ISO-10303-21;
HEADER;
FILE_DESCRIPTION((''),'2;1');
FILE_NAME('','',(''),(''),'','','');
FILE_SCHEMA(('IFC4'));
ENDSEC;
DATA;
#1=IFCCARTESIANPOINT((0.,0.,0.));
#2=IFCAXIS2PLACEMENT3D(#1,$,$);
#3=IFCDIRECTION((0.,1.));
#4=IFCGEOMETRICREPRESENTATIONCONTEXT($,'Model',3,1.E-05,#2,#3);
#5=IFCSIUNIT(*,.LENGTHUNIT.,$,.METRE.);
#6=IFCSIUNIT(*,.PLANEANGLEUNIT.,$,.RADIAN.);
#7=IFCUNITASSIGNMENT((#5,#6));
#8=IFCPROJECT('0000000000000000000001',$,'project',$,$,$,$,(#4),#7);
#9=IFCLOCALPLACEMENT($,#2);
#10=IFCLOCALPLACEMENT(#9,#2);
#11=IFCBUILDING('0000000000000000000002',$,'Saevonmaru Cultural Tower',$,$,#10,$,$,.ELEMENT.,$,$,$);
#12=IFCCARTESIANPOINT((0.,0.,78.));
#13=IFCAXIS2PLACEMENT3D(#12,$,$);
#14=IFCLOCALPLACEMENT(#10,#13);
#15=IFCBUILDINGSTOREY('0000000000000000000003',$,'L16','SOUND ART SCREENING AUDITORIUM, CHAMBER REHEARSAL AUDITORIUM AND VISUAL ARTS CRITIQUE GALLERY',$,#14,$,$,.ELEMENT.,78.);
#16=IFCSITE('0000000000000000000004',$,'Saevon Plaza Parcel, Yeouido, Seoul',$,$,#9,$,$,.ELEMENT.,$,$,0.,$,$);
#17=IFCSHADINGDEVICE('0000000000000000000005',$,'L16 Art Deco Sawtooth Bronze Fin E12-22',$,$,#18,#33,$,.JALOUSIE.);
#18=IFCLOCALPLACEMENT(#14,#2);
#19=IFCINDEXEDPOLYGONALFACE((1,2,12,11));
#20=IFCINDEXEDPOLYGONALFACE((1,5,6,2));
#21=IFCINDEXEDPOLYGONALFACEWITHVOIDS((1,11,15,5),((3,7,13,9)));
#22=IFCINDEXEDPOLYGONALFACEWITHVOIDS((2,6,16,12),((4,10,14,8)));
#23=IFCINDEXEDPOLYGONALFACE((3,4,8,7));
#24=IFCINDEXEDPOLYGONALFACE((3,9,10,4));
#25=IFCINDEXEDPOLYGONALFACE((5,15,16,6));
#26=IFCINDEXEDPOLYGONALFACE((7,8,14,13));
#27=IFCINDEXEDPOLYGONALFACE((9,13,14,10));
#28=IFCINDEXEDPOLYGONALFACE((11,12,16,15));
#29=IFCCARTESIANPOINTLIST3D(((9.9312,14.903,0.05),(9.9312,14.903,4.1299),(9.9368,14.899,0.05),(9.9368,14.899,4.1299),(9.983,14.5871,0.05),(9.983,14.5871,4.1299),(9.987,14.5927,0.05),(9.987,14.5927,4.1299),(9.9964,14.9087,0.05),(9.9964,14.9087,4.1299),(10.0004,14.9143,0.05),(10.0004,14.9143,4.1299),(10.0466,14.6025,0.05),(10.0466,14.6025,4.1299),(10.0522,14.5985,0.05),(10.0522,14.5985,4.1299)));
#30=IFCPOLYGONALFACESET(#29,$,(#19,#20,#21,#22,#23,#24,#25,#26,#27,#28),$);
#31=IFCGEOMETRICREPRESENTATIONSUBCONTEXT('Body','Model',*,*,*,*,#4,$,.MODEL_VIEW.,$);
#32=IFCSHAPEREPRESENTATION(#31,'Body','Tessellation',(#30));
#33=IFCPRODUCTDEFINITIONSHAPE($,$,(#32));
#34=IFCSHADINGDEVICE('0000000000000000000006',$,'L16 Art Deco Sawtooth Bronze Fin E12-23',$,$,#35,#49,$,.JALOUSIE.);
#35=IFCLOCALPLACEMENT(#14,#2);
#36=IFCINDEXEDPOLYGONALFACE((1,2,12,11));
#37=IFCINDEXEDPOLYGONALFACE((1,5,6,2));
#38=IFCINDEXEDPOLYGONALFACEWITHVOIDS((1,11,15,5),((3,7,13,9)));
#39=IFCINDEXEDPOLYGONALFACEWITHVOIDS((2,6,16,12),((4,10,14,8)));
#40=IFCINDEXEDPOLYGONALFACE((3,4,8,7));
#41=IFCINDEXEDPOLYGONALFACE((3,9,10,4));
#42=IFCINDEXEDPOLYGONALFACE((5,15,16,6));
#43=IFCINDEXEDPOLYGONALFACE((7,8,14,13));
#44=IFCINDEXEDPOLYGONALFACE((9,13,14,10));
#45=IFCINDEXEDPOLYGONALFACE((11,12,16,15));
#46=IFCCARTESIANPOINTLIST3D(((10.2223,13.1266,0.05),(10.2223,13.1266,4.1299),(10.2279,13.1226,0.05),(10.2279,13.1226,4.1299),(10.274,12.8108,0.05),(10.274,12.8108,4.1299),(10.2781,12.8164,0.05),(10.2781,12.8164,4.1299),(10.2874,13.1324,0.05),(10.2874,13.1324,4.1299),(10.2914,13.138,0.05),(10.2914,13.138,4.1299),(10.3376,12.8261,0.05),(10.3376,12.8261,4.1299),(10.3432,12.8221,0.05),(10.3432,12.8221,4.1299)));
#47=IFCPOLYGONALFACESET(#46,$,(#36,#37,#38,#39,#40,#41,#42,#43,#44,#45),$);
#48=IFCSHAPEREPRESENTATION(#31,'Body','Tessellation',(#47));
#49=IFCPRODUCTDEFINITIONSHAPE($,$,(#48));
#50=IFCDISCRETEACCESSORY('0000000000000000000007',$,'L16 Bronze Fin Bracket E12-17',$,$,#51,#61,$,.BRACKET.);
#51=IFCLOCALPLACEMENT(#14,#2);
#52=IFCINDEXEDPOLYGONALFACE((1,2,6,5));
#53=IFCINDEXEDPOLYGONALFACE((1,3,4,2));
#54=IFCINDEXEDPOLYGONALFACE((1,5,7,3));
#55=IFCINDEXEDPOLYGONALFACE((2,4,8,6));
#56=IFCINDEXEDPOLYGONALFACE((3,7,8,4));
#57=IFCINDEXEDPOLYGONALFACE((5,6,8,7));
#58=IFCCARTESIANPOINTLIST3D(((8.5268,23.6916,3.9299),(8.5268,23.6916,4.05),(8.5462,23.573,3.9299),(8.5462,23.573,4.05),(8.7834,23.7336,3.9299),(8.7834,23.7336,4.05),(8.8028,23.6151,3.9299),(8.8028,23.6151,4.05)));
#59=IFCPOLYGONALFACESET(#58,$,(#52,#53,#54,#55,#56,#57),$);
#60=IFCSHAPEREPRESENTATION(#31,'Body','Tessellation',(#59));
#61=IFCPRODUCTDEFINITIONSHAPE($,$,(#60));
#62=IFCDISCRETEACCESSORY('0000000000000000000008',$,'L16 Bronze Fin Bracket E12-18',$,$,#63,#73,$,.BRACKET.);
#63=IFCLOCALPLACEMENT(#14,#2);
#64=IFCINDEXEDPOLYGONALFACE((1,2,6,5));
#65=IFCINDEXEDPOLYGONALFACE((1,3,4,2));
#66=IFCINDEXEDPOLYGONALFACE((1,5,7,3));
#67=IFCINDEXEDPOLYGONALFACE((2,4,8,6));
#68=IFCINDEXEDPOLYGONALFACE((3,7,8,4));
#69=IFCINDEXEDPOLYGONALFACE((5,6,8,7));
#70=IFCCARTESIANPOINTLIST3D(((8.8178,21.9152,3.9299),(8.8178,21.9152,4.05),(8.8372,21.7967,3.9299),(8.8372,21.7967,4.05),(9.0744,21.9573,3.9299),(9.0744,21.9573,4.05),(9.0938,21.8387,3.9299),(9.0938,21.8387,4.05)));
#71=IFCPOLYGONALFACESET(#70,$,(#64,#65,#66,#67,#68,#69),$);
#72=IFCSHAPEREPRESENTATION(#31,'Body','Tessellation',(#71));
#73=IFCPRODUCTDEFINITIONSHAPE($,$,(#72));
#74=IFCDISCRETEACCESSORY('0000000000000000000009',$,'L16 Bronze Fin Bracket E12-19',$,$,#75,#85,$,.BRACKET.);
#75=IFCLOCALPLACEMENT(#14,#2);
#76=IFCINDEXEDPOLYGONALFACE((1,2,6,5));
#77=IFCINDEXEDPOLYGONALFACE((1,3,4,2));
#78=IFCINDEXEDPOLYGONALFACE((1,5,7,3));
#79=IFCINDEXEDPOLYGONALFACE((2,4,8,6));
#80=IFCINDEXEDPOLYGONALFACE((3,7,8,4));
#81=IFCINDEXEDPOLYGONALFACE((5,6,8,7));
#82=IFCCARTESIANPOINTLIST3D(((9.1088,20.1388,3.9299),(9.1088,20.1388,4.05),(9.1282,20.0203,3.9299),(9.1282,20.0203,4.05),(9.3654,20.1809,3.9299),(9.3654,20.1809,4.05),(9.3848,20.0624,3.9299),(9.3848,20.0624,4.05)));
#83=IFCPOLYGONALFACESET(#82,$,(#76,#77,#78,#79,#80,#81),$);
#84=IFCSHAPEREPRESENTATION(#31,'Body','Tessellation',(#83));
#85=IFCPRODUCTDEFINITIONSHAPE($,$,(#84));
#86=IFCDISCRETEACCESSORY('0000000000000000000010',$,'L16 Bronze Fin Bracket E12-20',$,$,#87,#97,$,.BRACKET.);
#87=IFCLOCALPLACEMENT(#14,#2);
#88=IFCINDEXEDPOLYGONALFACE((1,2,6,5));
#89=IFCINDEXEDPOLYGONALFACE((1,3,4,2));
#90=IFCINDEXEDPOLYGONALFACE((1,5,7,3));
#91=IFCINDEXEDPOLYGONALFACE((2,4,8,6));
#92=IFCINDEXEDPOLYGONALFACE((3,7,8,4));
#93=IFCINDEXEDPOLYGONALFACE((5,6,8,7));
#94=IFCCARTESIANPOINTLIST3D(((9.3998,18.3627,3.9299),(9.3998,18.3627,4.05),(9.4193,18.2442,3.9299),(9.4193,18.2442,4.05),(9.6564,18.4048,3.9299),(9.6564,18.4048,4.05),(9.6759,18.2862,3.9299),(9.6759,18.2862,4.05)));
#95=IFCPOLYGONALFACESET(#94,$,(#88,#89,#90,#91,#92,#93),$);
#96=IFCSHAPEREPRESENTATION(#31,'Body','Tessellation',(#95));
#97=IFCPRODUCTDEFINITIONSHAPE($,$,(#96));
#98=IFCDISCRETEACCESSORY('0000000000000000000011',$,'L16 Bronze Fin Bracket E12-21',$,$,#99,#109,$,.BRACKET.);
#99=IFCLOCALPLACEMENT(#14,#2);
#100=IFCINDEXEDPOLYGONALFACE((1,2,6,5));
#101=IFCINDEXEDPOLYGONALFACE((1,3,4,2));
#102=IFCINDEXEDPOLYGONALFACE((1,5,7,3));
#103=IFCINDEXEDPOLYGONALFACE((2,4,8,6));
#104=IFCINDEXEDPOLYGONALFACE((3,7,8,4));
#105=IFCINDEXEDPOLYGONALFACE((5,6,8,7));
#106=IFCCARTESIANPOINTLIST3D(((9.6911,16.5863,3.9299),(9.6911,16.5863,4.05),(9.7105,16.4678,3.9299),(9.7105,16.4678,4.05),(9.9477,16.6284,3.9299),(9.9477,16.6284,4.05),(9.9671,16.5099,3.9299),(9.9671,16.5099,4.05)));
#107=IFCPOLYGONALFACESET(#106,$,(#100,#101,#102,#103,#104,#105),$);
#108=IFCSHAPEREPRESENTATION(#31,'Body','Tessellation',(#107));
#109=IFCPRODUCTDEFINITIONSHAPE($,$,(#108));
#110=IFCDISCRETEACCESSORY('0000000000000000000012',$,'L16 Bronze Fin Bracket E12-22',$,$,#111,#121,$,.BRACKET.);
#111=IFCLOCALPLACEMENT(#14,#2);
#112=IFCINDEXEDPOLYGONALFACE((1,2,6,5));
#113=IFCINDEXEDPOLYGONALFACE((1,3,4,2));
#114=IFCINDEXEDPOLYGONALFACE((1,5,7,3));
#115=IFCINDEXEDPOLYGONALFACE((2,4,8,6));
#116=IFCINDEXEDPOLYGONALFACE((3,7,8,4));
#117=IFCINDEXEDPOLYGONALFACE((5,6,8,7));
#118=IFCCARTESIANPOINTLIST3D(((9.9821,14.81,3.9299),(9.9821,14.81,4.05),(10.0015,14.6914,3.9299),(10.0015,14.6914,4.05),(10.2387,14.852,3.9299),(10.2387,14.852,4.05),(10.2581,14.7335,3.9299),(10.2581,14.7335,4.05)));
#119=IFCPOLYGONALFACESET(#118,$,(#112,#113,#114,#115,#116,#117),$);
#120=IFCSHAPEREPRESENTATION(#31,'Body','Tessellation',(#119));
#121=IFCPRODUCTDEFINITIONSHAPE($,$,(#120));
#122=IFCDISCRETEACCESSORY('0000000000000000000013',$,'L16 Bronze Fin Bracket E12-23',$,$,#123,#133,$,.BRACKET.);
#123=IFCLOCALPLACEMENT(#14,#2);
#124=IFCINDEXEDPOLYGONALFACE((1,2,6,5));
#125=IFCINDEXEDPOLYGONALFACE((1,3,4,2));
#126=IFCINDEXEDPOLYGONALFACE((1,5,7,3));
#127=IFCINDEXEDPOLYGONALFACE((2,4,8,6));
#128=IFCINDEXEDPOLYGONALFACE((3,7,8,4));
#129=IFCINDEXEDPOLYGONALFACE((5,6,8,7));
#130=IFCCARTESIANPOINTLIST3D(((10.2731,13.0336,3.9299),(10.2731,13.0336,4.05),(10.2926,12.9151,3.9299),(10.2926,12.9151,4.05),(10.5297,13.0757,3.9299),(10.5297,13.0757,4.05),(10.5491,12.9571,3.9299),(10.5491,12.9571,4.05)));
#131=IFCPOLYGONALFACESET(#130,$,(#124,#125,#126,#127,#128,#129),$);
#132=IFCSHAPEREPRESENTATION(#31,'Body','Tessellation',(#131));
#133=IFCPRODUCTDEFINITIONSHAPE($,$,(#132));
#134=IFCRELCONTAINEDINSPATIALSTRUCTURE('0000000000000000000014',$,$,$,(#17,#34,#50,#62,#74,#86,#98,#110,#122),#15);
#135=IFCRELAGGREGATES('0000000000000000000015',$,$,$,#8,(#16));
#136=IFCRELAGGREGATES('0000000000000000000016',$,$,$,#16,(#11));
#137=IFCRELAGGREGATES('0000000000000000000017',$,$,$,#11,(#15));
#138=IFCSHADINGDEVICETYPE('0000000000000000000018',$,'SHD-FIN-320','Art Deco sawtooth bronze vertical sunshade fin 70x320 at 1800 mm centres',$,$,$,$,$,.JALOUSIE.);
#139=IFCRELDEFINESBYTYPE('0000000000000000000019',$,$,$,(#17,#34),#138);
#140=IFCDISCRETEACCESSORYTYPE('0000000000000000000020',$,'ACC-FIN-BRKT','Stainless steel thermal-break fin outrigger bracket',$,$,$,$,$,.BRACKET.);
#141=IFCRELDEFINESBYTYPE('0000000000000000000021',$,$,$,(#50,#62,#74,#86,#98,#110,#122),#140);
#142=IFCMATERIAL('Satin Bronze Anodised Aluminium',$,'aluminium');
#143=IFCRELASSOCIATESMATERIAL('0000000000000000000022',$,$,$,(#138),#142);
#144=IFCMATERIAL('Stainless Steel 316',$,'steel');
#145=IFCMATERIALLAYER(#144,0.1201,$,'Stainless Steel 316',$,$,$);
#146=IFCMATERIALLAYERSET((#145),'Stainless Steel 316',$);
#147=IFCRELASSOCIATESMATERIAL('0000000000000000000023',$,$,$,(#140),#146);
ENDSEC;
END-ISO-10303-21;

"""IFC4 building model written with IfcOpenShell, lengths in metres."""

from ifc_helpers import new_model, si_unit, direction, frame, origin, origin_2d, place, context, subcontext, project, spatial, rectangle, hollow_rectangle, extrude, material, layer, layer_set, material_profile, profile_set, type_object, element, save


model = new_model("IFC4")

# Units and contexts
model_context = context("Model", 3, precision=1e-05, world=origin(), true_north=direction((0.0, 1.0)))
body_context = subcontext(model_context, "Body", "Model", "MODEL_VIEW")
ifc_project = project(units=[si_unit("LENGTHUNIT", "METRE"), si_unit("PLANEANGLEUNIT", "RADIAN")], contexts=[model_context])

# Site, building, storey
site_placement = place(None, origin())
site = spatial("IfcSite", under=ifc_project, at=site_placement, Name="Saevon Plaza Parcel, Yeouido, Seoul", CompositionType="ELEMENT", RefElevation=0.0)
building_placement = place(site_placement, origin())
building = spatial("IfcBuilding", under=site, at=building_placement, Name="Saevonmaru Cultural Tower", CompositionType="ELEMENT")
storey_placement = place(building_placement, frame((0.0, 0.0, 78.0)))
storey = spatial("IfcBuildingStorey", under=building, at=storey_placement, Name="L16", Description="SOUND ART SCREENING AUDITORIUM, CHAMBER REHEARSAL AUDITORIUM AND VISUAL ARTS CRITIQUE GALLERY", CompositionType="ELEMENT", Elevation=78.0)

# Shared definitions
ifc_material_1 = material(Name="Satin Bronze Anodised Aluminium", Category="aluminium")

# Shading devices
ifc_material_profile_1 = material_profile(ifc_material_1, hollow_rectangle(XDim=0.0701, YDim=0.3201, WallThickness=0.0049, at=origin_2d()), Name="FIN-320x70")
ifc_profile_set_1 = profile_set([ifc_material_profile_1], Name="Satin Bronze Anodised Aluminium")
shading_device_type = type_object("IfcShadingDeviceType", Name="SHD-FIN-320", Description="Art Deco sawtooth bronze vertical sunshade fin 70x320 at 1800 mm centres", PredefinedType="JALOUSIE", material=ifc_profile_set_1)
for number, where, z_axis, x_axis, name in (
    (1, (9.9917, 14.7507, 0.05), (0.0, 0.0, 1.0), (-0.986827, -0.161776, 0.0), "L16 Art Deco Sawtooth Bronze Fin E12-22"),
    (2, (10.2827, 12.9744, 0.05), (0.0, 0.0, 1.0), (-0.986827, -0.161776, 0.0), "L16 Art Deco Sawtooth Bronze Fin E12-23"),
):
    element("IfcShadingDevice", number, at=place(storey_placement, frame(where, z_axis=z_axis, x_axis=x_axis)), inside=storey, type_object=shading_device_type, Name=name, PredefinedType="JALOUSIE", context=body_context, shape_type="SweptSolid", body=[
        extrude(hollow_rectangle(XDim=0.0701, YDim=0.3201, WallThickness=0.0049, at=origin_2d()), origin(), (0.0, 0.0, 1.0), 4.0798),
    ])

# Discrete accessories
ifc_material_2 = material(Name="Stainless Steel 316", Category="steel")
ifc_layer_1 = layer(ifc_material_2, 0.1201, Name="Stainless Steel 316")
ifc_layer_set_1 = layer_set([ifc_layer_1], Name="Stainless Steel 316")
discrete_accessory_type = type_object("IfcDiscreteAccessoryType", Name="ACC-FIN-BRKT", Description="Stainless steel thermal-break fin outrigger bracket", PredefinedType="BRACKET", material=ifc_layer_set_1)
for number, where, z_axis, x_axis, name in (
    (3, (8.6648, 23.6533, 3.9299), (0.0, 0.0, 1.0), (-0.986827, -0.161776, 0.0), "L16 Bronze Fin Bracket E12-17"),
    (4, (8.9558, 21.877, 3.9299), (0.0, 0.0, 1.0), (-0.986827, -0.161776, 0.0), "L16 Bronze Fin Bracket E12-18"),
    (5, (9.2468, 20.1006, 3.9299), (0.0, 0.0, 1.0), (-0.986827, -0.161776, 0.0), "L16 Bronze Fin Bracket E12-19"),
    (6, (9.5378, 18.3245, 3.9299), (0.0, 0.0, 1.0), (-0.986827, -0.161776, 0.0), "L16 Bronze Fin Bracket E12-20"),
    (7, (9.8291, 16.5481, 3.9299), (0.0, 0.0, 1.0), (-0.986827, -0.161776, 0.0), "L16 Bronze Fin Bracket E12-21"),
    (8, (10.1201, 14.7717, 3.9299), (0.0, 0.0, 1.0), (-0.986827, -0.161776, 0.0), "L16 Bronze Fin Bracket E12-22"),
    (9, (10.4111, 12.9954, 3.9299), (0.0, 0.0, 1.0), (-0.986827, -0.161776, 0.0), "L16 Bronze Fin Bracket E12-23"),
):
    element("IfcDiscreteAccessory", number, at=place(storey_placement, frame(where, z_axis=z_axis, x_axis=x_axis)), inside=storey, type_object=discrete_accessory_type, Name=name, PredefinedType="BRACKET", context=body_context, shape_type="SweptSolid", body=[
        extrude(rectangle(XDim=0.26, YDim=0.1201, at=origin_2d()), origin(), (0.0, 0.0, 1.0), 0.1201),
    ])

save(model, "model.ifc")
